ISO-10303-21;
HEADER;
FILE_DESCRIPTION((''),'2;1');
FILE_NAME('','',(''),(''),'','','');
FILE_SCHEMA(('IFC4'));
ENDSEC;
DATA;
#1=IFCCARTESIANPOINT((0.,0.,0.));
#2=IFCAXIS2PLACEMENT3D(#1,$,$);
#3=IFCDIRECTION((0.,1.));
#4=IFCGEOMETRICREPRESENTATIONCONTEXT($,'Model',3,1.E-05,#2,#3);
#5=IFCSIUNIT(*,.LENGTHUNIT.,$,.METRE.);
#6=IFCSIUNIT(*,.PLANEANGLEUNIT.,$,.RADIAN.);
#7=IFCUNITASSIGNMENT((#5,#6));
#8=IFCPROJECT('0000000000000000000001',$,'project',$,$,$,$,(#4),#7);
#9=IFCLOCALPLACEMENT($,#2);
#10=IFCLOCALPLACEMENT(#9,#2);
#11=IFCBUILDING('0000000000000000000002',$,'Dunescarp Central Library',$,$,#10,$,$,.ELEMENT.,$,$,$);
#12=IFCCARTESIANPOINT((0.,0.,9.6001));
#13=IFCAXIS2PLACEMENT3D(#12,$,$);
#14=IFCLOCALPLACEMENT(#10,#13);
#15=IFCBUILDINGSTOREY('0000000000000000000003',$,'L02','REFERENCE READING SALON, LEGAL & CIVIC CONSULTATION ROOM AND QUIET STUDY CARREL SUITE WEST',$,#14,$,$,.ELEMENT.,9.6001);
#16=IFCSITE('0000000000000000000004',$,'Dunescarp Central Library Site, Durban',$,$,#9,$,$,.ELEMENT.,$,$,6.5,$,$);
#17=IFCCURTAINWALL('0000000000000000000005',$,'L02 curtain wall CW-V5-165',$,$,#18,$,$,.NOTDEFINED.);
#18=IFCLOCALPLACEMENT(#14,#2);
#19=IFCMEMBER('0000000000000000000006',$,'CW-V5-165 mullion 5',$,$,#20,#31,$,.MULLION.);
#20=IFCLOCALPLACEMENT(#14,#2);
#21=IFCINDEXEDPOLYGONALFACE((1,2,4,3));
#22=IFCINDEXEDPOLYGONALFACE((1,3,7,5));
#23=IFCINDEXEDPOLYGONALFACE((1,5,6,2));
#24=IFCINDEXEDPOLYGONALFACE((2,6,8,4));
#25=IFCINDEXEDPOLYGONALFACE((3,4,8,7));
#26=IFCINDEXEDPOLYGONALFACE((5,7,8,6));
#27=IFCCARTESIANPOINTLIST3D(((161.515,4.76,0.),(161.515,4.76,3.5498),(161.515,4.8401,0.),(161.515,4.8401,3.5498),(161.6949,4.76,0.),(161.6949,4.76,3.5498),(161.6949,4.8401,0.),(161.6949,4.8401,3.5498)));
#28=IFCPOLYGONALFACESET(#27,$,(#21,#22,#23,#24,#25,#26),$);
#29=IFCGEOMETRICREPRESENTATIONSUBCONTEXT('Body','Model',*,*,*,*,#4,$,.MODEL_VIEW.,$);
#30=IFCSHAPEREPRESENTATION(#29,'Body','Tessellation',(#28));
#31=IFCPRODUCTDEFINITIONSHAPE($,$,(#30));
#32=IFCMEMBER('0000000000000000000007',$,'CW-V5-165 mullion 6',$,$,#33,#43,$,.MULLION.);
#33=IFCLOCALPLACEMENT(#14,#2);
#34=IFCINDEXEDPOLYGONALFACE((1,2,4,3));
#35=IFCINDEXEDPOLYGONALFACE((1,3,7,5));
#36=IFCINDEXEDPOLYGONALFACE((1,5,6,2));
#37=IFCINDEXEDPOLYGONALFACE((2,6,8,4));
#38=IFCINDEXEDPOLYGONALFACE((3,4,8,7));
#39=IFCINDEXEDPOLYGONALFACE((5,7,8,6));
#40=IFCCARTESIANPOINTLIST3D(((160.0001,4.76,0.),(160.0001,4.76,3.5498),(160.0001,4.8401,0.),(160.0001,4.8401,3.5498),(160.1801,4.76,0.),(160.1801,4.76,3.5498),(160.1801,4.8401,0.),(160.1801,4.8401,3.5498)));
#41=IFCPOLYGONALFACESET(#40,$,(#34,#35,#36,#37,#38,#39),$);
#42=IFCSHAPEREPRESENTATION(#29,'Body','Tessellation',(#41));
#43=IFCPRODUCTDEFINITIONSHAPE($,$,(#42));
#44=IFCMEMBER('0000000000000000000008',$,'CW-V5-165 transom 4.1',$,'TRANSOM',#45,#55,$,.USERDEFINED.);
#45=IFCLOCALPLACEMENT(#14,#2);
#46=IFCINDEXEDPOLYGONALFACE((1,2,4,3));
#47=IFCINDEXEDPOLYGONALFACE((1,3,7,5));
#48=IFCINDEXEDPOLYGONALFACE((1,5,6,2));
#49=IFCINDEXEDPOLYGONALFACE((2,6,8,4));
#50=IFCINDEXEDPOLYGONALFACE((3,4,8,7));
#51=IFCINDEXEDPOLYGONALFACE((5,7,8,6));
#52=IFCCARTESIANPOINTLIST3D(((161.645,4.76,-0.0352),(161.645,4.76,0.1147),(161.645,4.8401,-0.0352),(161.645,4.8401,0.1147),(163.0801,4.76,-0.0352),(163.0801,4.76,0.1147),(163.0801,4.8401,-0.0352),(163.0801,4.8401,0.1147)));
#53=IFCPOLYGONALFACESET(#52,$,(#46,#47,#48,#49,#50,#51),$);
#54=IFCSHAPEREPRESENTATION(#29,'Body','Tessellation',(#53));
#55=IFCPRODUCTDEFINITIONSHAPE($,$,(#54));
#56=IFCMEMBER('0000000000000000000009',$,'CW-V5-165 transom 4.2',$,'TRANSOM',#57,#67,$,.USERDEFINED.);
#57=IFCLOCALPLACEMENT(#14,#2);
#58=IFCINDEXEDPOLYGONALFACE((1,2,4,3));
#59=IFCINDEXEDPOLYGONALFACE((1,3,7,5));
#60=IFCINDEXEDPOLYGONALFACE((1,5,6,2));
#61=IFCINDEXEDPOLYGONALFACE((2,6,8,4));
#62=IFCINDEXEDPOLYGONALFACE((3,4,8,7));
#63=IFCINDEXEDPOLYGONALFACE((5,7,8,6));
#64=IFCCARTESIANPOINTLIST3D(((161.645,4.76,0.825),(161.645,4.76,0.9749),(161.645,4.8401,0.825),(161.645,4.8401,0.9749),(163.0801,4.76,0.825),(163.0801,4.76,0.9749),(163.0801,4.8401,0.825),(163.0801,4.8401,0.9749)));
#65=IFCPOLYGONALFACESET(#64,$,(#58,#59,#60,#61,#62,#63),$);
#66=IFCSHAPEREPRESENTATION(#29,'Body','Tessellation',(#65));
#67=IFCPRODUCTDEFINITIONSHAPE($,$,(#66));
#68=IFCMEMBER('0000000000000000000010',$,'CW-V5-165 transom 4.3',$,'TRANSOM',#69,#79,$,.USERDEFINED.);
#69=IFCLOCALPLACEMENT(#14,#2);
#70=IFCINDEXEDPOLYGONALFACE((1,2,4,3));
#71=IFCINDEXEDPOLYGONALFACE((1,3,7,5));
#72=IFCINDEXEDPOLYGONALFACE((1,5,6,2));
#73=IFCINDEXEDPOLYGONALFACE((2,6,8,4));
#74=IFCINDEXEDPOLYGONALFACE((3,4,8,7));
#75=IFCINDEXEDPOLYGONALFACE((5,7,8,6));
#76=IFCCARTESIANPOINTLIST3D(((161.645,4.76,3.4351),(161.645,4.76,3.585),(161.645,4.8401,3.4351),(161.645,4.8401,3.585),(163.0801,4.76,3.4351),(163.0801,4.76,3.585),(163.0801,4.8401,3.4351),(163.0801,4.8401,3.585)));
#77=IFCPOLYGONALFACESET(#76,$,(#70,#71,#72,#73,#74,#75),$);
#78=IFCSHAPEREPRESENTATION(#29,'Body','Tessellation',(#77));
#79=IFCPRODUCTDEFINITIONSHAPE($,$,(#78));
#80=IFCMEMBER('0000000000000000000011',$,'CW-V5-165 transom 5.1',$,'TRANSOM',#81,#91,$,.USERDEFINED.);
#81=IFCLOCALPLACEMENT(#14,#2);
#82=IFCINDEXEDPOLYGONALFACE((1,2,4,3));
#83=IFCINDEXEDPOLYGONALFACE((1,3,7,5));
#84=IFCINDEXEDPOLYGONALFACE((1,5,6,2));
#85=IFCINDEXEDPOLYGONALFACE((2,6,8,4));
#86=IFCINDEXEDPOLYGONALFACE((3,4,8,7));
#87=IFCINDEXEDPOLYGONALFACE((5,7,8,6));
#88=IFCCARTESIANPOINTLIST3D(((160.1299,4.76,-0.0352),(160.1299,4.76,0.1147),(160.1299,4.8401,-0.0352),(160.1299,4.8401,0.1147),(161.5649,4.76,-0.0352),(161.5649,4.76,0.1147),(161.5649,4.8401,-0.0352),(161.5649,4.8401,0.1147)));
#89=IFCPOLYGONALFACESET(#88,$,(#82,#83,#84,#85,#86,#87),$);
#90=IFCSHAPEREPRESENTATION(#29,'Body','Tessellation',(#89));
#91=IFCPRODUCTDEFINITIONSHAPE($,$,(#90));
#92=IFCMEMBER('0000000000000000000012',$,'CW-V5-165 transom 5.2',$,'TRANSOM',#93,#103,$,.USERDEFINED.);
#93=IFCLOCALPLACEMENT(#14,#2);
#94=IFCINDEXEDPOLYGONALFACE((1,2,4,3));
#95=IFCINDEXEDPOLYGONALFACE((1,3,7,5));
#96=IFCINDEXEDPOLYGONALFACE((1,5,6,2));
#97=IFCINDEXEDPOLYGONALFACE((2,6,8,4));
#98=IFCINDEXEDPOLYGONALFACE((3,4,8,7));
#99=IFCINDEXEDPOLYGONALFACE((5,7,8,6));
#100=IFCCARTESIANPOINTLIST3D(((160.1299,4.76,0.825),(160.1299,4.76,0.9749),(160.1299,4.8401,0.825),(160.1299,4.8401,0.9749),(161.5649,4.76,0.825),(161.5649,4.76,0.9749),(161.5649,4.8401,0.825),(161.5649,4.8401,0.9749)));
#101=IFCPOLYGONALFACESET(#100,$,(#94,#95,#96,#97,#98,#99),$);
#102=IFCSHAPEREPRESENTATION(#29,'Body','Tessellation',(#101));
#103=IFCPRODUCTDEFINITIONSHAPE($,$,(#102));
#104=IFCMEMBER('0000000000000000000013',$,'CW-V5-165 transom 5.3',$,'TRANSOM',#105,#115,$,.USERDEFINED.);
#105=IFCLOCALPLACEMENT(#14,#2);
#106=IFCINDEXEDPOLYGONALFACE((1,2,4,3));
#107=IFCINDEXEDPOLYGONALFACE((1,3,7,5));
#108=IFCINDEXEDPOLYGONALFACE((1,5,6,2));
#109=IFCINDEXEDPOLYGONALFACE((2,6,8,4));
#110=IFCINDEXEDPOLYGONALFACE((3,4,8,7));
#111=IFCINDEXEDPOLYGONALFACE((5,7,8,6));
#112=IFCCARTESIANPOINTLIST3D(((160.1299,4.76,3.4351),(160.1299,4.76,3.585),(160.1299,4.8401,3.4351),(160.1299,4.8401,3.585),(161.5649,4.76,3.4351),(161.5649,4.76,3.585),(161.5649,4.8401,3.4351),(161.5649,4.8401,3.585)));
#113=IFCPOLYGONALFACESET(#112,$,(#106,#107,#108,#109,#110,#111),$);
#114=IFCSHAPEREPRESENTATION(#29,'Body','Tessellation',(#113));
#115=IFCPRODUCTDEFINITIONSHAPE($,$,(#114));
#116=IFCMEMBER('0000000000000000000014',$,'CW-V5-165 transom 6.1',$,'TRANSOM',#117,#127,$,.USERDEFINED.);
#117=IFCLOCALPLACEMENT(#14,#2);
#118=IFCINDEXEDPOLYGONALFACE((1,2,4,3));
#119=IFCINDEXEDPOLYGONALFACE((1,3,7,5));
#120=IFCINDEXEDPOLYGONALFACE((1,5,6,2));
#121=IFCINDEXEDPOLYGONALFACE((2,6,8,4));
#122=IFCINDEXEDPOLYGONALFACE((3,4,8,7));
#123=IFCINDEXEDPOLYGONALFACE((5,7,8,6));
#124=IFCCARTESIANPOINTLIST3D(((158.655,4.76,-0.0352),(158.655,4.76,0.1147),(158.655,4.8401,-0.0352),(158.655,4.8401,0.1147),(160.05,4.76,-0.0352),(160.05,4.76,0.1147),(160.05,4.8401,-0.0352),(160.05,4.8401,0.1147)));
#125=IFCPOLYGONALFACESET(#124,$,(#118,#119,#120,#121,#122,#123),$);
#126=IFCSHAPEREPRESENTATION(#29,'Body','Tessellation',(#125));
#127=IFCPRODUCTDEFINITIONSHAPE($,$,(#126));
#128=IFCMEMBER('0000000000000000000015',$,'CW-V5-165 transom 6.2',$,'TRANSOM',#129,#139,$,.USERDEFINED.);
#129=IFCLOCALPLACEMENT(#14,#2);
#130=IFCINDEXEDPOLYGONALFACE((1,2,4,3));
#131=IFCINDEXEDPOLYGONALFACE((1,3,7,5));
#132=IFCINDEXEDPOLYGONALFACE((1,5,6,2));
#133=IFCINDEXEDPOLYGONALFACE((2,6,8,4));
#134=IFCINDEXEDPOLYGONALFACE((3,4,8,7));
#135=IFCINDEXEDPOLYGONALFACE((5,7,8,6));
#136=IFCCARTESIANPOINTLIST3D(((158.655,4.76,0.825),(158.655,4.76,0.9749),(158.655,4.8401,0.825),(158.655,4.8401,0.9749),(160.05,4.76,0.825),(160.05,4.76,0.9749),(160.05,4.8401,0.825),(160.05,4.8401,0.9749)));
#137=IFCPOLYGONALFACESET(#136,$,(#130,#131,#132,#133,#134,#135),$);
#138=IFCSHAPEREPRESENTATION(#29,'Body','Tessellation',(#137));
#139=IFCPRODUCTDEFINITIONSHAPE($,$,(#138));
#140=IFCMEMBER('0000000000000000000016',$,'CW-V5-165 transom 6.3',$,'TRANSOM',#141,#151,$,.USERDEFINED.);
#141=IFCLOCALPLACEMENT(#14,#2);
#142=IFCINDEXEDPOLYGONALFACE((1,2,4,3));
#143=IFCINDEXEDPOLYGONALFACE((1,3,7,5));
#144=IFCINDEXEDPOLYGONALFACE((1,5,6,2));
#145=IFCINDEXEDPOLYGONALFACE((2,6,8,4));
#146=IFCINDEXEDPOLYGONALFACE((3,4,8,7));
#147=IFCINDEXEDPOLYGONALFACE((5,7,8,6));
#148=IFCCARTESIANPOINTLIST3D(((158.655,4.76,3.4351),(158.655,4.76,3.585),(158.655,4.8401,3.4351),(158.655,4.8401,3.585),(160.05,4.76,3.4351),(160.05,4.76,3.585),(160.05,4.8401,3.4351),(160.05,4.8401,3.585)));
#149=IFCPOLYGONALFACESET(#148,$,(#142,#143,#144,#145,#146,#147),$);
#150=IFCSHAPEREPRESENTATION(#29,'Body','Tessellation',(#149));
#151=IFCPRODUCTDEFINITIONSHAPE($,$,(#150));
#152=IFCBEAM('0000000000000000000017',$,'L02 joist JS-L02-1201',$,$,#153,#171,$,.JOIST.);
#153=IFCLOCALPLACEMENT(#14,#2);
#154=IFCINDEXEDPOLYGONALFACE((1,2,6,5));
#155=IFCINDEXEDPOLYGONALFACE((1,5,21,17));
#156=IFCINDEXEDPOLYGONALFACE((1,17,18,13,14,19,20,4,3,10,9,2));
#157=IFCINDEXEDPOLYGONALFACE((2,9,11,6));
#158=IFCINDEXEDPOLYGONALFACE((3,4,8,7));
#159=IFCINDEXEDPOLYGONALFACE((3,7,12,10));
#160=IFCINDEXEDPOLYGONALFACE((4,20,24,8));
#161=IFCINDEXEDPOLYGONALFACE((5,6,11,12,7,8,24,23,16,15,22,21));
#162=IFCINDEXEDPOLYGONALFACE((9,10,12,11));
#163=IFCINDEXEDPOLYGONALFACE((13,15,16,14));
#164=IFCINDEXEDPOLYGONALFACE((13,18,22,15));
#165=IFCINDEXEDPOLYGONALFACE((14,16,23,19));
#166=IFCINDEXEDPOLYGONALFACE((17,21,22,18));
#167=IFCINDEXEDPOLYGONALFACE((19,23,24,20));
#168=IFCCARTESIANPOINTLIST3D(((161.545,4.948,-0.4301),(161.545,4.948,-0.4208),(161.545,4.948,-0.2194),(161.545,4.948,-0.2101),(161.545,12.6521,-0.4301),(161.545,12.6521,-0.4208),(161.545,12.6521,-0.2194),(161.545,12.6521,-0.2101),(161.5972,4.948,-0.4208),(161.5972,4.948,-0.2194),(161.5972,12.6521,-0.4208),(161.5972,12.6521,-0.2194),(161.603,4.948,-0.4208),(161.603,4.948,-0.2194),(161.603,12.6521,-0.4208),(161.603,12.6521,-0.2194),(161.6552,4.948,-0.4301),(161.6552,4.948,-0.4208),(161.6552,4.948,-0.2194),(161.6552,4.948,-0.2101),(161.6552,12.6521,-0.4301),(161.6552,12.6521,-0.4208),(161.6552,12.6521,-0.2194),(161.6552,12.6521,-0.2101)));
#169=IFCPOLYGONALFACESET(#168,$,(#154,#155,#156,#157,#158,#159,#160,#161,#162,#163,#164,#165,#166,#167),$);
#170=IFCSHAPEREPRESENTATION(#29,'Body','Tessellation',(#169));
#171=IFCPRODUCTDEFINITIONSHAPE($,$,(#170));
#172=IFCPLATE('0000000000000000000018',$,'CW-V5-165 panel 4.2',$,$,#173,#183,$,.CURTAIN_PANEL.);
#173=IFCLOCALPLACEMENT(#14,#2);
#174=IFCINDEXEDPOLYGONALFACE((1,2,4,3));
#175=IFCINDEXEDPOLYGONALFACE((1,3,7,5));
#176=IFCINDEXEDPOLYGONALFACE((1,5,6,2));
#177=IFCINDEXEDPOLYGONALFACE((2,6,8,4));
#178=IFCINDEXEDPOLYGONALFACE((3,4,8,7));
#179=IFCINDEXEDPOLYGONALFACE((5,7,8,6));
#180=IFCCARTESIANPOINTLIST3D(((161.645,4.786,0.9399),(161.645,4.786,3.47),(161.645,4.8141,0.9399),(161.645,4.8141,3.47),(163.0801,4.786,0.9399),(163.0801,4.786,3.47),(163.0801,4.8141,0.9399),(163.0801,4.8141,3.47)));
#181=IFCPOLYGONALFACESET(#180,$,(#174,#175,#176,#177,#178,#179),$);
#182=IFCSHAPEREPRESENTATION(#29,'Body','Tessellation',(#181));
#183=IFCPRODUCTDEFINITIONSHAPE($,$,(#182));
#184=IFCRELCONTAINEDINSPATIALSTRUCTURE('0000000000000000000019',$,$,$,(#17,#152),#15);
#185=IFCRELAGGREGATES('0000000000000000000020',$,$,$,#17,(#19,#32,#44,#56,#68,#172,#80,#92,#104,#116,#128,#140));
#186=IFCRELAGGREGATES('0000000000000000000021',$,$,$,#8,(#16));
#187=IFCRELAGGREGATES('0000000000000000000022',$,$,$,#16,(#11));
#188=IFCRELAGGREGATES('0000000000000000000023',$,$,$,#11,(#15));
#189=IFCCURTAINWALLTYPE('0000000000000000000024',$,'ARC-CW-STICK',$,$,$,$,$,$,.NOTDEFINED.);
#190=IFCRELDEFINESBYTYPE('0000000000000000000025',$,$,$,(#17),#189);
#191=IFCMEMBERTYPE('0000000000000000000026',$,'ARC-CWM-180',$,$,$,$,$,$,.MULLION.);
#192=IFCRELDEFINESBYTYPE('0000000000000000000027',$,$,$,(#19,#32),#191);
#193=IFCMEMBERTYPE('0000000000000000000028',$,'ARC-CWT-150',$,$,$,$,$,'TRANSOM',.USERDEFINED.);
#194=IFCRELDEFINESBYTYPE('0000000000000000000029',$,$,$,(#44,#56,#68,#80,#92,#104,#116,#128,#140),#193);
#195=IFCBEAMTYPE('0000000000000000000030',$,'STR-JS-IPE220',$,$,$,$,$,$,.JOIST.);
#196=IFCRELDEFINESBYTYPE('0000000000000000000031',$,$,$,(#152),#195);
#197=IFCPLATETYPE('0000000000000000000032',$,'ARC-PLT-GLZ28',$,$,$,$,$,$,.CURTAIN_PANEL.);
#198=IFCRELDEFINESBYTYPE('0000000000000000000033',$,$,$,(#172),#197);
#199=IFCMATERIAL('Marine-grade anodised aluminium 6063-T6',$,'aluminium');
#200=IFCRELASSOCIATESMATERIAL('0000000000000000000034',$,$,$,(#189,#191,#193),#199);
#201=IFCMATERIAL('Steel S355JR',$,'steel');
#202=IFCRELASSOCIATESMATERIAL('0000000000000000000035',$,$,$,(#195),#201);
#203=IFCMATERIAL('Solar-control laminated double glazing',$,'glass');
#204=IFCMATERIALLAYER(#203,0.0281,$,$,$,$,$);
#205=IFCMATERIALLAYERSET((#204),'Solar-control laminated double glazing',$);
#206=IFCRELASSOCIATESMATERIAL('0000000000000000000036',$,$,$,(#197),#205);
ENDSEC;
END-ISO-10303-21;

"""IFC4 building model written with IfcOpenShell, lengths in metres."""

from ifc_helpers import new_model, si_unit, direction, frame, origin, origin_2d, place, context, subcontext, project, spatial, rectangle, i_section, extrude, material, layer, layer_set, material_profile, profile_set, type_object, element, aggregate, save


model = new_model("IFC4")

# Units and contexts
model_context = context("Model", 3, precision=1e-05, world=origin(), true_north=direction((0.0, 1.0)))
body_context = subcontext(model_context, "Body", "Model", "MODEL_VIEW")
ifc_project = project(units=[si_unit("LENGTHUNIT", "METRE"), si_unit("PLANEANGLEUNIT", "RADIAN")], contexts=[model_context])

# Site, building, storey
site_placement = place(None, origin())
site = spatial("IfcSite", under=ifc_project, at=site_placement, Name="Dunescarp Central Library Site, Durban", CompositionType="ELEMENT", RefElevation=6.5)
building_placement = place(site_placement, origin())
building = spatial("IfcBuilding", under=site, at=building_placement, Name="Dunescarp Central Library", CompositionType="ELEMENT")
storey_placement = place(building_placement, frame((0.0, 0.0, 9.6001)))
storey = spatial("IfcBuildingStorey", under=building, at=storey_placement, Name="L02", Description="REFERENCE READING SALON, LEGAL & CIVIC CONSULTATION ROOM AND QUIET STUDY CARREL SUITE WEST", CompositionType="ELEMENT", Elevation=9.6001)

# Curtain wall, members
ifc_material_1 = material(Name="Marine-grade anodised aluminium 6063-T6", Category="aluminium")
curtain_wall_type = type_object("IfcCurtainWallType", Name="ARC-CW-STICK", PredefinedType="NOTDEFINED", material=ifc_material_1)
curtain_wall_placement = place(storey_placement, origin())
curtain_wall = element("IfcCurtainWall", 1, at=curtain_wall_placement, inside=storey, type_object=curtain_wall_type, Name="L02 curtain wall CW-V5-165", PredefinedType="NOTDEFINED")
ifc_material_profile_1 = material_profile(ifc_material_1, rectangle(XDim=0.0801, YDim=0.1799, at=origin_2d()), Name="AL 80x180")
ifc_profile_set_1 = profile_set([ifc_material_profile_1], Name="Marine-grade anodised aluminium 6063-T6")
member_type_1 = type_object("IfcMemberType", Name="ARC-CWM-180", PredefinedType="MULLION", material=ifc_profile_set_1)
member_1_placement = place(storey_placement, frame((161.605, 4.8, 0.0), z_axis=(0.0, 0.0, 1.0), x_axis=(0.0, -1.0, 0.0)))
member_1 = element("IfcMember", 2, at=member_1_placement, type_object=member_type_1, Name="CW-V5-165 mullion 5", PredefinedType="MULLION", context=body_context, shape_type="SweptSolid", body=[
    extrude(rectangle(XDim=0.0801, YDim=0.1799, at=origin_2d()), origin(), (0.0, 0.0, 1.0), 3.5498),
])
member_2_placement = place(storey_placement, frame((160.0901, 4.8, 0.0), z_axis=(0.0, 0.0, 1.0), x_axis=(0.0, -1.0, 0.0)))
member_2 = element("IfcMember", 3, at=member_2_placement, type_object=member_type_1, Name="CW-V5-165 mullion 6", PredefinedType="MULLION", context=body_context, shape_type="SweptSolid", body=[
    extrude(rectangle(XDim=0.0801, YDim=0.1799, at=origin_2d()), origin(), (0.0, 0.0, 1.0), 3.5498),
])
ifc_material_profile_2 = material_profile(ifc_material_1, rectangle(XDim=0.0801, YDim=0.1499, at=origin_2d()), Name="AL 80x150")
ifc_profile_set_2 = profile_set([ifc_material_profile_2], Name="Marine-grade anodised aluminium 6063-T6")
member_type_2 = type_object("IfcMemberType", Name="ARC-CWT-150", ElementType="TRANSOM", PredefinedType="USERDEFINED", material=ifc_profile_set_2)
member_3_placement = place(storey_placement, frame((163.0801, 4.8, 0.0398), z_axis=(-1.0, 0.0, 0.0), x_axis=(0.0, -1.0, 0.0)))
member_3 = element("IfcMember", 4, at=member_3_placement, type_object=member_type_2, Name="CW-V5-165 transom 4.1", ObjectType="TRANSOM", PredefinedType="USERDEFINED", context=body_context, shape_type="SweptSolid", body=[
    extrude(rectangle(XDim=0.0801, YDim=0.1499, at=origin_2d()), origin(), (0.0, 0.0, 1.0), 1.4351),
])
member_4_placement = place(storey_placement, frame((163.0801, 4.8, 0.8999), z_axis=(-1.0, 0.0, 0.0), x_axis=(0.0, -1.0, 0.0)))
member_4 = element("IfcMember", 5, at=member_4_placement, type_object=member_type_2, Name="CW-V5-165 transom 4.2", ObjectType="TRANSOM", PredefinedType="USERDEFINED", context=body_context, shape_type="SweptSolid", body=[
    extrude(rectangle(XDim=0.0801, YDim=0.1499, at=origin_2d()), origin(), (0.0, 0.0, 1.0), 1.4351),
])
member_5_placement = place(storey_placement, frame((163.0801, 4.8, 3.51), z_axis=(-1.0, 0.0, 0.0), x_axis=(0.0, -1.0, 0.0)))
member_5 = element("IfcMember", 6, at=member_5_placement, type_object=member_type_2, Name="CW-V5-165 transom 4.3", ObjectType="TRANSOM", PredefinedType="USERDEFINED", context=body_context, shape_type="SweptSolid", body=[
    extrude(rectangle(XDim=0.0801, YDim=0.1499, at=origin_2d()), origin(), (0.0, 0.0, 1.0), 1.4351),
])
member_6_placement = place(storey_placement, frame((161.5649, 4.8, 0.0398), z_axis=(-1.0, 0.0, 0.0), x_axis=(0.0, -1.0, 0.0)))
member_6 = element("IfcMember", 7, at=member_6_placement, type_object=member_type_2, Name="CW-V5-165 transom 5.1", ObjectType="TRANSOM", PredefinedType="USERDEFINED", context=body_context, shape_type="SweptSolid", body=[
    extrude(rectangle(XDim=0.0801, YDim=0.1499, at=origin_2d()), origin(), (0.0, 0.0, 1.0), 1.4351),
])
member_7_placement = place(storey_placement, frame((161.5649, 4.8, 0.8999), z_axis=(-1.0, 0.0, 0.0), x_axis=(0.0, -1.0, 0.0)))
member_7 = element("IfcMember", 8, at=member_7_placement, type_object=member_type_2, Name="CW-V5-165 transom 5.2", ObjectType="TRANSOM", PredefinedType="USERDEFINED", context=body_context, shape_type="SweptSolid", body=[
    extrude(rectangle(XDim=0.0801, YDim=0.1499, at=origin_2d()), origin(), (0.0, 0.0, 1.0), 1.4351),
])
member_8_placement = place(storey_placement, frame((161.5649, 4.8, 3.51), z_axis=(-1.0, 0.0, 0.0), x_axis=(0.0, -1.0, 0.0)))
member_8 = element("IfcMember", 9, at=member_8_placement, type_object=member_type_2, Name="CW-V5-165 transom 5.3", ObjectType="TRANSOM", PredefinedType="USERDEFINED", context=body_context, shape_type="SweptSolid", body=[
    extrude(rectangle(XDim=0.0801, YDim=0.1499, at=origin_2d()), origin(), (0.0, 0.0, 1.0), 1.4351),
])
member_9_placement = place(storey_placement, frame((160.05, 4.8, 0.0398), z_axis=(-1.0, 0.0, 0.0), x_axis=(0.0, -1.0, 0.0)))
member_9 = element("IfcMember", 10, at=member_9_placement, type_object=member_type_2, Name="CW-V5-165 transom 6.1", ObjectType="TRANSOM", PredefinedType="USERDEFINED", context=body_context, shape_type="SweptSolid", body=[
    extrude(rectangle(XDim=0.0801, YDim=0.1499, at=origin_2d()), origin(), (0.0, 0.0, 1.0), 1.395),
])
member_10_placement = place(storey_placement, frame((160.05, 4.8, 0.8999), z_axis=(-1.0, 0.0, 0.0), x_axis=(0.0, -1.0, 0.0)))
member_10 = element("IfcMember", 11, at=member_10_placement, type_object=member_type_2, Name="CW-V5-165 transom 6.2", ObjectType="TRANSOM", PredefinedType="USERDEFINED", context=body_context, shape_type="SweptSolid", body=[
    extrude(rectangle(XDim=0.0801, YDim=0.1499, at=origin_2d()), origin(), (0.0, 0.0, 1.0), 1.395),
])
member_11_placement = place(storey_placement, frame((160.05, 4.8, 3.51), z_axis=(-1.0, 0.0, 0.0), x_axis=(0.0, -1.0, 0.0)))
member_11 = element("IfcMember", 12, at=member_11_placement, type_object=member_type_2, Name="CW-V5-165 transom 6.3", ObjectType="TRANSOM", PredefinedType="USERDEFINED", context=body_context, shape_type="SweptSolid", body=[
    extrude(rectangle(XDim=0.0801, YDim=0.1499, at=origin_2d()), origin(), (0.0, 0.0, 1.0), 1.395),
])

# Beam
ifc_material_2 = material(Name="Steel S355JR", Category="steel")
ifc_material_profile_3 = material_profile(ifc_material_2, i_section(OverallWidth=0.1101, OverallDepth=0.22, WebThickness=0.0059, FlangeThickness=0.0093, at=origin_2d()), Name="IPE 220")
ifc_profile_set_3 = profile_set([ifc_material_profile_3], Name="Steel S355JR")
beam_type = type_object("IfcBeamType", Name="STR-JS-IPE220", PredefinedType="JOIST", material=ifc_profile_set_3)
beam_placement = place(storey_placement, frame((161.6001, 4.948, -0.3201), z_axis=(0.0, 1.0, 0.0), x_axis=(-1.0, 0.0, 0.0)))
element("IfcBeam", 13, at=beam_placement, inside=storey, type_object=beam_type, Name="L02 joist JS-L02-1201", PredefinedType="JOIST", context=body_context, shape_type="SweptSolid", body=[
    extrude(i_section(OverallWidth=0.1101, OverallDepth=0.22, WebThickness=0.0059, FlangeThickness=0.0093, at=origin_2d()), origin(), (0.0, 0.0, 1.0), 7.7041),
])

# Plate
ifc_material_3 = material(Name="Solar-control laminated double glazing", Category="glass")
ifc_layer_1 = layer(ifc_material_3, 0.0281)
ifc_layer_set_1 = layer_set([ifc_layer_1], Name="Solar-control laminated double glazing")
plate_type_1 = type_object("IfcPlateType", Name="ARC-PLT-GLZ28", PredefinedType="CURTAIN_PANEL", material=ifc_layer_set_1)
plate_1_placement = place(storey_placement, frame((162.3625, 4.8, 0.9399), z_axis=(0.0, 0.0, 1.0), x_axis=(-1.0, 0.0, 0.0)))
plate_1 = element("IfcPlate", 14, at=plate_1_placement, type_object=plate_type_1, Name="CW-V5-165 panel 4.2", PredefinedType="CURTAIN_PANEL", context=body_context, shape_type="SweptSolid", body=[
    extrude(rectangle(XDim=1.4351, YDim=0.0281, at=origin_2d()), origin(), (0.0, 0.0, 1.0), 2.53),
])
aggregate(curtain_wall, [member_1, member_2, member_3, member_4, member_5, plate_1, member_6, member_7, member_8, member_9, member_10, member_11])

save(model, "model.ifc")
